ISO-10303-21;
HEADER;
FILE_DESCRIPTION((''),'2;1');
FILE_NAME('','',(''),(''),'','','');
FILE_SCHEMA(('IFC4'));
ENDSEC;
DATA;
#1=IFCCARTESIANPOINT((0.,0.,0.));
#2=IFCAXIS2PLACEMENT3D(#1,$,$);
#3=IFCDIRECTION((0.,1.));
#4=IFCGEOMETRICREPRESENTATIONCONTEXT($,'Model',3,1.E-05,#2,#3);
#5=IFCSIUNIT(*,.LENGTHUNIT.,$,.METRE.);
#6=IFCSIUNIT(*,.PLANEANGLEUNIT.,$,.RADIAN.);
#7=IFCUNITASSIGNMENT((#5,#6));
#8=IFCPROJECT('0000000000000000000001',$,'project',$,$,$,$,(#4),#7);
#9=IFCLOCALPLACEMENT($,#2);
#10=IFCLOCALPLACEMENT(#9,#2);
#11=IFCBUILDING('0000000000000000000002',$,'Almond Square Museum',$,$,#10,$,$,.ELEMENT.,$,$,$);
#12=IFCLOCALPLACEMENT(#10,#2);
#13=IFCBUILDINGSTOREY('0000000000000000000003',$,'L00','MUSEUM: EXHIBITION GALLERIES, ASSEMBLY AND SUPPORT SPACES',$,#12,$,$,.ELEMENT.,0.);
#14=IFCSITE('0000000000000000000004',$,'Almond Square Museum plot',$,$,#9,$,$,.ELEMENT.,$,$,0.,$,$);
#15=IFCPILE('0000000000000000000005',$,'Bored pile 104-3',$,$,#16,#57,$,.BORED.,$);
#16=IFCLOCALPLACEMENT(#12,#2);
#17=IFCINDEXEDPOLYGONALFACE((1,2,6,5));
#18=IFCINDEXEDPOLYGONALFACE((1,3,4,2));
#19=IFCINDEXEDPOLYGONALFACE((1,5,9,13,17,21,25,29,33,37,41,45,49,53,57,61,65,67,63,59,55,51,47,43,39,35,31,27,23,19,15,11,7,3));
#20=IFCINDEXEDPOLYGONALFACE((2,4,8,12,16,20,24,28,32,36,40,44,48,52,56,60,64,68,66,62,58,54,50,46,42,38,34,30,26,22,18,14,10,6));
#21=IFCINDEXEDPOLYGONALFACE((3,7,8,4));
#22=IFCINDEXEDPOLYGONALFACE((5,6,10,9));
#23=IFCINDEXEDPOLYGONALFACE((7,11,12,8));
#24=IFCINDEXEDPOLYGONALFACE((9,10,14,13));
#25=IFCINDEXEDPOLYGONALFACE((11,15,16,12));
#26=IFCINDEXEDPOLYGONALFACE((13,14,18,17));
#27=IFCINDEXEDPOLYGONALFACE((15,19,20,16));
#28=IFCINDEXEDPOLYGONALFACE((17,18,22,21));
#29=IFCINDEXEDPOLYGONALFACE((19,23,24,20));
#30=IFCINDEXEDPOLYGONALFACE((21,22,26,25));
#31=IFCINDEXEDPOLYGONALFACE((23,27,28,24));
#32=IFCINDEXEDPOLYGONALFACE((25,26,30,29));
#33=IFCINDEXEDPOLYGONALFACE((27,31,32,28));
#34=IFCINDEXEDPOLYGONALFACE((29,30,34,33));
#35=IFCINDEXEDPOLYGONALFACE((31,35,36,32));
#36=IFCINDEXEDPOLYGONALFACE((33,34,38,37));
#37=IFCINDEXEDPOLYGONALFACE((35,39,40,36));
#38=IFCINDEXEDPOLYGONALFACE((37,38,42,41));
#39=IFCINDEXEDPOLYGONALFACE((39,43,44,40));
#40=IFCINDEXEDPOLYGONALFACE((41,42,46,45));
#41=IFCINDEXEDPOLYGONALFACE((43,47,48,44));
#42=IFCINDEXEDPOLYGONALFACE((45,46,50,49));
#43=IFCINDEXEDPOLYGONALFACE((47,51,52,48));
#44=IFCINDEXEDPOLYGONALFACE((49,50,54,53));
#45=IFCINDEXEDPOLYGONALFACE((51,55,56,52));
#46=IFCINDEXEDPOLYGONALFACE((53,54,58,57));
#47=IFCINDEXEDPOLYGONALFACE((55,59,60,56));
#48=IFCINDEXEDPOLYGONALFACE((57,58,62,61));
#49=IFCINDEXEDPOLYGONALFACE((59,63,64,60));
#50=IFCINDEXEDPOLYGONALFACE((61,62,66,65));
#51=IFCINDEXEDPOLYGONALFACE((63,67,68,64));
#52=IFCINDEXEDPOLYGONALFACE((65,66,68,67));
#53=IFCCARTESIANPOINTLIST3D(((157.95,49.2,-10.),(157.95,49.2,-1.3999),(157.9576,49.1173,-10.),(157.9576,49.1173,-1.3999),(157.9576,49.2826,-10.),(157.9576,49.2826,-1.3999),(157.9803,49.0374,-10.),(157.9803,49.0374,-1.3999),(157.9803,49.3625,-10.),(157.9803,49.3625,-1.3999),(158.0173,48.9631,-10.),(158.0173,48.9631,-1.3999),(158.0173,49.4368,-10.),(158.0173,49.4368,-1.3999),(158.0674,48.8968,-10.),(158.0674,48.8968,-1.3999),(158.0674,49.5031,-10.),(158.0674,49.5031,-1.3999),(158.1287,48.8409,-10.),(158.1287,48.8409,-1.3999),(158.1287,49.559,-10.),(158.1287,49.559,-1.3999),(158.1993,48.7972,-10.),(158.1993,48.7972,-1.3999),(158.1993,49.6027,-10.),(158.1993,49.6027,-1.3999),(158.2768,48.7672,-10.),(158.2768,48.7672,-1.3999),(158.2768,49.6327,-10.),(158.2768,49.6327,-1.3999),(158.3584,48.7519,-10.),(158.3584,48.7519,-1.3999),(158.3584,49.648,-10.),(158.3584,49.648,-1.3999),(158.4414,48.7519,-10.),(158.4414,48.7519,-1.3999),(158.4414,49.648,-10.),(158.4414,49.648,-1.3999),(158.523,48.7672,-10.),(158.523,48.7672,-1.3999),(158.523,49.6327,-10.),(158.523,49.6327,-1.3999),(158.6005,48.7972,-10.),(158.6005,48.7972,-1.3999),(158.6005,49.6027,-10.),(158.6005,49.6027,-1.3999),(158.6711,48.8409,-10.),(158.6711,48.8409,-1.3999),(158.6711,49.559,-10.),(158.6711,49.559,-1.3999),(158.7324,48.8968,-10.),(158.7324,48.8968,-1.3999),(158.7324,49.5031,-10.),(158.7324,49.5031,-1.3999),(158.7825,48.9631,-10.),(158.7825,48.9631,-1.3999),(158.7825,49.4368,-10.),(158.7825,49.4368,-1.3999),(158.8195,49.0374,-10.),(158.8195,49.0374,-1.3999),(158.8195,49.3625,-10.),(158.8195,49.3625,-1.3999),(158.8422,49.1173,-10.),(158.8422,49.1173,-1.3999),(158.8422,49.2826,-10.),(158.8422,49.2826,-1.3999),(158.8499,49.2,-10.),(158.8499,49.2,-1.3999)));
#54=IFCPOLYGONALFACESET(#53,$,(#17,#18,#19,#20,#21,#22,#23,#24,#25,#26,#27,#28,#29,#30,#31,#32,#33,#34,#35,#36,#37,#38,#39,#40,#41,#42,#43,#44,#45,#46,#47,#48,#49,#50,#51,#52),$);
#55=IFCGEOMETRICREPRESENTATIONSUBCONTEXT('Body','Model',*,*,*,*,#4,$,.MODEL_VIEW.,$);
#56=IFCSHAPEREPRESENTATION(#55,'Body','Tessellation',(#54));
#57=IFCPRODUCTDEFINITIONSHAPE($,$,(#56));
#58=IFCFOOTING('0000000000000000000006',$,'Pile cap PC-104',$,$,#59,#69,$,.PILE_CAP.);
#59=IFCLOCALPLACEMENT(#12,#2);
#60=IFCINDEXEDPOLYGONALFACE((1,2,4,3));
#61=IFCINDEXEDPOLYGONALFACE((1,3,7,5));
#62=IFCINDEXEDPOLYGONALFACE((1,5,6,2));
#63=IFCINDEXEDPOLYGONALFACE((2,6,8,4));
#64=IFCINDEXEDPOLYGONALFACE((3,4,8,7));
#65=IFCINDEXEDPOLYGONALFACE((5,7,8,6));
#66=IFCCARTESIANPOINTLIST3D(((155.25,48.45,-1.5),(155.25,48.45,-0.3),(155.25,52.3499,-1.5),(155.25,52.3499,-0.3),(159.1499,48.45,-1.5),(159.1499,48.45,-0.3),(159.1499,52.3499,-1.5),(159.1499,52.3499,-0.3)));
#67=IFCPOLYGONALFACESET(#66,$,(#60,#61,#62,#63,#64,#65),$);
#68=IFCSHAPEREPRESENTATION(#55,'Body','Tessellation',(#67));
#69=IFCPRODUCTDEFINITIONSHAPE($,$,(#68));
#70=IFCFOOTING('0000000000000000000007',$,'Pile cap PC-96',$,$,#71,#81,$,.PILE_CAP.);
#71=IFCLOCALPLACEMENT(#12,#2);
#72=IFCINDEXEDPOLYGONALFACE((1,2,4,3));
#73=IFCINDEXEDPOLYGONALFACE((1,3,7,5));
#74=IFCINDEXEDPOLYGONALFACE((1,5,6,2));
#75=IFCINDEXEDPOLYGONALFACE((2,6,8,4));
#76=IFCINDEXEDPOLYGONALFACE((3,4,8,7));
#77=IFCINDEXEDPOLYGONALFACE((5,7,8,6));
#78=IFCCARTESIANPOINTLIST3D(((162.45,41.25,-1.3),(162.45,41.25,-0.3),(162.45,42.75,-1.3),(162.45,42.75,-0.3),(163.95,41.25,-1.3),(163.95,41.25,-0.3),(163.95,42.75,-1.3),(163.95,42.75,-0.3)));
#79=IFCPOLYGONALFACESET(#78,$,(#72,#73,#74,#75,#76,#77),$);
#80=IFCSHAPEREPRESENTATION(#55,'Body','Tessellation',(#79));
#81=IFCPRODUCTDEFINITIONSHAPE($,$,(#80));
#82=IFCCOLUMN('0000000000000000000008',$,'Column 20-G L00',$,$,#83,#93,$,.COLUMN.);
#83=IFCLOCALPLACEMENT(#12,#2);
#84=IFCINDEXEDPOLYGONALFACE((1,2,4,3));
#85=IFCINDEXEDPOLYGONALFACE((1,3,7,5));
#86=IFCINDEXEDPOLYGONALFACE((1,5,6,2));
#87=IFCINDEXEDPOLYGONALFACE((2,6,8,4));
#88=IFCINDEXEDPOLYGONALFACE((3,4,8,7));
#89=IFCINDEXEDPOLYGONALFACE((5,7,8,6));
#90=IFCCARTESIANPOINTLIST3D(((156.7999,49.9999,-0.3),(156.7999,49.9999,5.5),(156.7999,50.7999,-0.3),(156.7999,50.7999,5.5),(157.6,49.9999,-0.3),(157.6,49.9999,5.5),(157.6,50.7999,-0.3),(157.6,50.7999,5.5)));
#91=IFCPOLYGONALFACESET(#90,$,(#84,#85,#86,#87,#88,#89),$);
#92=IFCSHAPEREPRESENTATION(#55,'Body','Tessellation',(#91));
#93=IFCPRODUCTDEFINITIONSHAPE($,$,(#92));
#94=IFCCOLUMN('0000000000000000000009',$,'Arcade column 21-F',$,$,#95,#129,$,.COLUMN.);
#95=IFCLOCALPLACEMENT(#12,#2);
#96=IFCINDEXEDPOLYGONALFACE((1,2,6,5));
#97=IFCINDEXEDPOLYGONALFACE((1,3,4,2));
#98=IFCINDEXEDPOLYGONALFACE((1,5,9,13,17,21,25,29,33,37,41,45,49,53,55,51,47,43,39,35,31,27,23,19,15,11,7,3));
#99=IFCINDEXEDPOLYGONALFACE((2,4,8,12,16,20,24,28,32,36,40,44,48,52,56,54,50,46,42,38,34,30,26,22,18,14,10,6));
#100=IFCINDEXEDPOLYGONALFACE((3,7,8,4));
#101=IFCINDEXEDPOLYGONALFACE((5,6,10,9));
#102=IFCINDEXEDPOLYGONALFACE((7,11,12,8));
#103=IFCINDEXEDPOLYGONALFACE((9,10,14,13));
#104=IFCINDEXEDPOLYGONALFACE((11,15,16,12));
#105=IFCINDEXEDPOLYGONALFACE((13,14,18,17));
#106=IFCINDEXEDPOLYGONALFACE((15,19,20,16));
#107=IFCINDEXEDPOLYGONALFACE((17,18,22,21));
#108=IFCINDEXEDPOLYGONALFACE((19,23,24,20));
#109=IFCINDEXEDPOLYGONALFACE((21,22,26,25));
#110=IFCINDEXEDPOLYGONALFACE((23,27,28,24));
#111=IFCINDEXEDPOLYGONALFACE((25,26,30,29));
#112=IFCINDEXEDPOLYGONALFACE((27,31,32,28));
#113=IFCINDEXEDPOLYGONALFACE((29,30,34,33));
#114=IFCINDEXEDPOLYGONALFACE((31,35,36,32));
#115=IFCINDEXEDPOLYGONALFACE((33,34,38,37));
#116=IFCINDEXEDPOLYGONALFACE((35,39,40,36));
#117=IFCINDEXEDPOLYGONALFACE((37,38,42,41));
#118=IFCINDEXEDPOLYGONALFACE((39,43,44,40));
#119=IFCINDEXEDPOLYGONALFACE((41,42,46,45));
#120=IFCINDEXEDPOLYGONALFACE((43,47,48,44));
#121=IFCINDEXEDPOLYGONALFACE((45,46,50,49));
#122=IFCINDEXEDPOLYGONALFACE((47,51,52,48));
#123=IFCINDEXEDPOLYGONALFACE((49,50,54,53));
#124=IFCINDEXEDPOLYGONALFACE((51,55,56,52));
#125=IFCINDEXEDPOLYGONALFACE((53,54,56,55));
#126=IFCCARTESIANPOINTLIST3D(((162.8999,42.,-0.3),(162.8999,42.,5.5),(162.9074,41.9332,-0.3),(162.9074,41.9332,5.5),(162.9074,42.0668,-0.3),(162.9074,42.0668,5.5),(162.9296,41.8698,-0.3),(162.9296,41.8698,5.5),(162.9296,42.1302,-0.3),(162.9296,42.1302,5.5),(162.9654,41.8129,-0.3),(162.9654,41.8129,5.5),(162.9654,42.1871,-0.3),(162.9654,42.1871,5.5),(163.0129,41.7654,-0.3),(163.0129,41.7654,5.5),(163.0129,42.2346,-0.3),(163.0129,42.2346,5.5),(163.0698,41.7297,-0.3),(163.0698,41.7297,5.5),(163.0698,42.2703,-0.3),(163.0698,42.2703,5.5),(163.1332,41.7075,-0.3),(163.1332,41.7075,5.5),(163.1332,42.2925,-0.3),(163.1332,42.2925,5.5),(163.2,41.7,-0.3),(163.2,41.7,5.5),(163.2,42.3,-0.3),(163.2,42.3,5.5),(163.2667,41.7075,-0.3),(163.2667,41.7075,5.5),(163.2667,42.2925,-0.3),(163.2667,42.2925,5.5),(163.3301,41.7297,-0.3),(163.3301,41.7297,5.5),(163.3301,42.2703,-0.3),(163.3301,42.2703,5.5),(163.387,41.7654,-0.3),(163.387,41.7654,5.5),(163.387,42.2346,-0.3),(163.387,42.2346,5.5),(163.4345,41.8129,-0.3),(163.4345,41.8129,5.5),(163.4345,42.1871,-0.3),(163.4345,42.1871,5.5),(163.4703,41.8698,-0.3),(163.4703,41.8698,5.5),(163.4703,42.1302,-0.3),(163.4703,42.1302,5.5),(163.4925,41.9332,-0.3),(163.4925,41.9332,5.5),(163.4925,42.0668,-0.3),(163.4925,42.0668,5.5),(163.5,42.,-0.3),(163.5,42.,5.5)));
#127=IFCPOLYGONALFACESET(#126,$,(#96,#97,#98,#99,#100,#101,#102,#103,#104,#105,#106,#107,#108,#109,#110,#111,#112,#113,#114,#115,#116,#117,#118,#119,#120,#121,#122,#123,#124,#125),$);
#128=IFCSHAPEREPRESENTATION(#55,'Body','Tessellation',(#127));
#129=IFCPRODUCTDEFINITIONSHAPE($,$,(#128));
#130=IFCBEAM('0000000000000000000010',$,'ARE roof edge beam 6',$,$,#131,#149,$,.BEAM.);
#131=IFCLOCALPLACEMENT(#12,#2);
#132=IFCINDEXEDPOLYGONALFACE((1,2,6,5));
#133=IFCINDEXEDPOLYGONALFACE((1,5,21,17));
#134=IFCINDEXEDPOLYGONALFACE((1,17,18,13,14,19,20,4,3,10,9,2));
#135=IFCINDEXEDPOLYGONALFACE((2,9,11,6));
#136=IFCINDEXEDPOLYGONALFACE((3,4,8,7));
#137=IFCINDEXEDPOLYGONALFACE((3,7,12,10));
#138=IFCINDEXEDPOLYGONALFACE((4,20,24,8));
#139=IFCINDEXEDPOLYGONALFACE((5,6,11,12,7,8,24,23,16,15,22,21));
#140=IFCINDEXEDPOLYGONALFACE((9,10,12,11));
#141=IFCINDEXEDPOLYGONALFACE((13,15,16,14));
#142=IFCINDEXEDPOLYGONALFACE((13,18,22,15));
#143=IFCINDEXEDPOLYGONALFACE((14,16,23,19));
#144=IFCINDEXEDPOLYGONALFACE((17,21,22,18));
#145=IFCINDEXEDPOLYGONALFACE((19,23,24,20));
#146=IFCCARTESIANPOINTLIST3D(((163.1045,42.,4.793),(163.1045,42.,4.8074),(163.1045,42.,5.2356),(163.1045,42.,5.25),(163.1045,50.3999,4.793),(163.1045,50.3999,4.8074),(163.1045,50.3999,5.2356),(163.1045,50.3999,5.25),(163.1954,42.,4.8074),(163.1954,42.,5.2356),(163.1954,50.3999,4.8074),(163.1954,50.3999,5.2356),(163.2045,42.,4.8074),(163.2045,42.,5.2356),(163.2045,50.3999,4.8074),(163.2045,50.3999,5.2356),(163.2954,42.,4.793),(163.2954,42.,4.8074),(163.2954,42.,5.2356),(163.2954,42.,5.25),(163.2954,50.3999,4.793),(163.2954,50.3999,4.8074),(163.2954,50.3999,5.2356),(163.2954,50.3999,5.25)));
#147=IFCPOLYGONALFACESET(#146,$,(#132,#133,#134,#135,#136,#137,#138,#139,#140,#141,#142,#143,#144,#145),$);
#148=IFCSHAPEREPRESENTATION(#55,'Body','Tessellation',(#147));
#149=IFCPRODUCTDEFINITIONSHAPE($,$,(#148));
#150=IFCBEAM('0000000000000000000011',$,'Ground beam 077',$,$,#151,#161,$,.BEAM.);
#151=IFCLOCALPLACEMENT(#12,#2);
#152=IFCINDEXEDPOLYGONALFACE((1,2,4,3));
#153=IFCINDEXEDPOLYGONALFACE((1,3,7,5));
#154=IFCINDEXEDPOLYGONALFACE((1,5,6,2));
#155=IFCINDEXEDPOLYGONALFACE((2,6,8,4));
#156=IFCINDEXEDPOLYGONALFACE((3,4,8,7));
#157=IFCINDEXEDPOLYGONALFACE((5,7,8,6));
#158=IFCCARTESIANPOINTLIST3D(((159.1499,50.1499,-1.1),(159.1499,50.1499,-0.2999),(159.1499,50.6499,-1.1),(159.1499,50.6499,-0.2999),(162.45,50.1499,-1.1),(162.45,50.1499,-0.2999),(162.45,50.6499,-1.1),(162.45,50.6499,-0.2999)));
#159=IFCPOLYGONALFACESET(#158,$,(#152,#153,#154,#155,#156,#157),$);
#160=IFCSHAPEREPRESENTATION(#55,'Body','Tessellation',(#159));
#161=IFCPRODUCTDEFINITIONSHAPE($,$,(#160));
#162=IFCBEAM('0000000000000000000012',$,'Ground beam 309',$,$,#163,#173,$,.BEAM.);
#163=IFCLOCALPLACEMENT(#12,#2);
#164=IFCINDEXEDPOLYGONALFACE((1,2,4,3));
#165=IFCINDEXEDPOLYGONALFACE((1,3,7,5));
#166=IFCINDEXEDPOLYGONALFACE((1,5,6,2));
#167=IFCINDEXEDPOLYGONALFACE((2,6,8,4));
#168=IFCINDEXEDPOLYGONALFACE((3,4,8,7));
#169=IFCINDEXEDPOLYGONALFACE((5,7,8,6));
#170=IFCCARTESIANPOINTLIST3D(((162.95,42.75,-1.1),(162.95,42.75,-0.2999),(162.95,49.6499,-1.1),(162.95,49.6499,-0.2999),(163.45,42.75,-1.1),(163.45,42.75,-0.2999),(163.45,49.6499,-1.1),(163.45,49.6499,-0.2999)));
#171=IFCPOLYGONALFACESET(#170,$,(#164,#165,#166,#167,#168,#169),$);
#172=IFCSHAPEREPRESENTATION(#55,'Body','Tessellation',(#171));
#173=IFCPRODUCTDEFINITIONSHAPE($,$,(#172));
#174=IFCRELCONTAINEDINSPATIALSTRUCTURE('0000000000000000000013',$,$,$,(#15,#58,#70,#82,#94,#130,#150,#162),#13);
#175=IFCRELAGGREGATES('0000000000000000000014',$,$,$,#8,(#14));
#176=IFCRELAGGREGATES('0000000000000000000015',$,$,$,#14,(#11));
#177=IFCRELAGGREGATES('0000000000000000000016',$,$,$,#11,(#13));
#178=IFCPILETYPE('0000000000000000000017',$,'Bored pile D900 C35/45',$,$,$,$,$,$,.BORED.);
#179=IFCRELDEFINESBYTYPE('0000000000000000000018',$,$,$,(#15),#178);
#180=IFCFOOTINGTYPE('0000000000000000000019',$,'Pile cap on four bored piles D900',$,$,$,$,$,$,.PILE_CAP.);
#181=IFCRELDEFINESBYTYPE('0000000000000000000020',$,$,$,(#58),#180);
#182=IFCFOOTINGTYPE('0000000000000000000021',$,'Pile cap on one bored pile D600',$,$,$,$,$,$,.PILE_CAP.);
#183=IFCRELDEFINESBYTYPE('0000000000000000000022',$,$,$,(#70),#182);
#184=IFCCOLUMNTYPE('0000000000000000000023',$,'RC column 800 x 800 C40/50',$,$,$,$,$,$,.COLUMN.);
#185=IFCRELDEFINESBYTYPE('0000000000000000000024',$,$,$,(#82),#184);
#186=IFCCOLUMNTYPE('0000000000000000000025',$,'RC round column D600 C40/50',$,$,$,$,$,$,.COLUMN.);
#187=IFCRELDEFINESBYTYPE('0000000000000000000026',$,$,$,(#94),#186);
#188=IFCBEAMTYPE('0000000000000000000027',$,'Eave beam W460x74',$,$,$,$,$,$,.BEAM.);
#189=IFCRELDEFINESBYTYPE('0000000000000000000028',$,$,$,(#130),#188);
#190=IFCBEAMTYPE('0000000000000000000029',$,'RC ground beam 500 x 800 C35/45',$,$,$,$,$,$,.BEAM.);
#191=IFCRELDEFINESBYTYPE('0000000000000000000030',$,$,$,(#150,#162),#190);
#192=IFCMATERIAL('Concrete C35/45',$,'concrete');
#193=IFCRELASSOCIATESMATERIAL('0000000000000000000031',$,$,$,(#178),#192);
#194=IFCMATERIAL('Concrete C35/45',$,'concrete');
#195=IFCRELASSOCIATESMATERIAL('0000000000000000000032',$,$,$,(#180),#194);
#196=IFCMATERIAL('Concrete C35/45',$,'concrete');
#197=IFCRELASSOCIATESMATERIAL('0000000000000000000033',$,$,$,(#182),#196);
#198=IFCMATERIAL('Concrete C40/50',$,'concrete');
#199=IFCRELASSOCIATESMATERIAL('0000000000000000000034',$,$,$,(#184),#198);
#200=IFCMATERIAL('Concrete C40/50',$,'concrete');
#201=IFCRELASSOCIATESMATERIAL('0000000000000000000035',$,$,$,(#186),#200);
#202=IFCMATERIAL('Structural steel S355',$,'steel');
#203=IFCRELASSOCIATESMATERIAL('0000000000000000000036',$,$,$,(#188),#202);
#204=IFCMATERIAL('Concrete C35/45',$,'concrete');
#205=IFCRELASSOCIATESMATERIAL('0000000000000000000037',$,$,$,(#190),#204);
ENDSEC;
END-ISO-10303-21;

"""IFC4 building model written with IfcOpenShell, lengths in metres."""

from ifc_helpers import new_model, si_unit, direction, frame, origin, origin_2d, place, context, subcontext, project, spatial, rectangle, circle, i_section, extrude, material, material_profile, profile_set, type_object, element, save


model = new_model("IFC4")

# Units and contexts
model_context = context("Model", 3, precision=1e-05, world=origin(), true_north=direction((0.0, 1.0)))
body_context = subcontext(model_context, "Body", "Model", "MODEL_VIEW")
ifc_project = project(units=[si_unit("LENGTHUNIT", "METRE"), si_unit("PLANEANGLEUNIT", "RADIAN")], contexts=[model_context])

# Site, building, storey
site_placement = place(None, origin())
site = spatial("IfcSite", under=ifc_project, at=site_placement, Name="Almond Square Museum plot", CompositionType="ELEMENT", RefElevation=0.0)
building_placement = place(site_placement, origin())
building = spatial("IfcBuilding", under=site, at=building_placement, Name="Almond Square Museum", CompositionType="ELEMENT")
storey_placement = place(building_placement, origin())
storey = spatial("IfcBuildingStorey", under=building, at=storey_placement, Name="L00", Description="MUSEUM: EXHIBITION GALLERIES, ASSEMBLY AND SUPPORT SPACES", CompositionType="ELEMENT", Elevation=0.0)

# Pile
ifc_material_1 = material(Name="Concrete C35/45", Category="concrete")
ifc_material_profile_1 = material_profile(ifc_material_1, circle(Radius=0.45, at=origin_2d()))
ifc_profile_set_1 = profile_set([ifc_material_profile_1], Name="Concrete C35/45")
pile_type_1 = type_object("IfcPileType", Name="Bored pile D900 C35/45", PredefinedType="BORED", material=ifc_profile_set_1)
for number, where, z_axis, x_axis, name in (
    (1, (158.3999, 49.2, -1.3999), (0.0, 0.0, -1.0), (1.0, 0.0, 0.0), "Bored pile 104-3"),
):
    element("IfcPile", number, at=place(storey_placement, frame(where, z_axis=z_axis, x_axis=x_axis)), inside=storey, type_object=pile_type_1, Name=name, PredefinedType="BORED", context=body_context, shape_type="SweptSolid", body=[
        extrude(circle(Radius=0.45, at=origin_2d()), origin(), (0.0, 0.0, 1.0), 8.6001),
    ])

# Footings
ifc_material_2 = material(Name="Concrete C35/45", Category="concrete")
footing_type_1 = type_object("IfcFootingType", Name="Pile cap on four bored piles D900", PredefinedType="PILE_CAP", material=ifc_material_2)
footing_1_placement = place(storey_placement, frame((157.2, 50.3999, -1.5), z_axis=(0.0, 0.0, 1.0), x_axis=(1.0, 0.0, 0.0)))
element("IfcFooting", 2, at=footing_1_placement, inside=storey, type_object=footing_type_1, Name="Pile cap PC-104", PredefinedType="PILE_CAP", context=body_context, shape_type="SweptSolid", body=[
    extrude(rectangle(XDim=3.8999, YDim=3.8999, at=origin_2d()), origin(), (0.0, 0.0, 1.0), 1.2),
])
ifc_material_3 = material(Name="Concrete C35/45", Category="concrete")
footing_type_2 = type_object("IfcFootingType", Name="Pile cap on one bored pile D600", PredefinedType="PILE_CAP", material=ifc_material_3)
footing_2_placement = place(storey_placement, frame((163.2, 42.0, -1.3), z_axis=(0.0, 0.0, 1.0), x_axis=(1.0, 0.0, 0.0)))
element("IfcFooting", 3, at=footing_2_placement, inside=storey, type_object=footing_type_2, Name="Pile cap PC-96", PredefinedType="PILE_CAP", context=body_context, shape_type="SweptSolid", body=[
    extrude(rectangle(XDim=1.5, YDim=1.5, at=origin_2d()), origin(), (0.0, 0.0, 1.0), 1.0),
])

# Columns
ifc_material_4 = material(Name="Concrete C40/50", Category="concrete")
ifc_material_profile_2 = material_profile(ifc_material_4, rectangle(XDim=0.8, YDim=0.8, at=origin_2d()))
ifc_profile_set_2 = profile_set([ifc_material_profile_2], Name="Concrete C40/50")
column_type_1 = type_object("IfcColumnType", Name="RC column 800 x 800 C40/50", PredefinedType="COLUMN", material=ifc_profile_set_2)
column_1_placement = place(storey_placement, frame((157.2, 50.3999, -0.3), z_axis=(0.0, 0.0, 1.0), x_axis=(1.0, 0.0, 0.0)))
element("IfcColumn", 4, at=column_1_placement, inside=storey, type_object=column_type_1, Name="Column 20-G L00", PredefinedType="COLUMN", context=body_context, shape_type="SweptSolid", body=[
    extrude(rectangle(XDim=0.8, YDim=0.8, at=origin_2d()), origin(), (0.0, 0.0, 1.0), 5.8),
])
ifc_material_5 = material(Name="Concrete C40/50", Category="concrete")
ifc_material_profile_3 = material_profile(ifc_material_5, circle(Radius=0.3, at=origin_2d()))
ifc_profile_set_3 = profile_set([ifc_material_profile_3], Name="Concrete C40/50")
column_type_2 = type_object("IfcColumnType", Name="RC round column D600 C40/50", PredefinedType="COLUMN", material=ifc_profile_set_3)
column_2_placement = place(storey_placement, frame((163.2, 42.0, -0.3), z_axis=(0.0, 0.0, 1.0), x_axis=(1.0, 0.0, 0.0)))
element("IfcColumn", 5, at=column_2_placement, inside=storey, type_object=column_type_2, Name="Arcade column 21-F", PredefinedType="COLUMN", context=body_context, shape_type="SweptSolid", body=[
    extrude(circle(Radius=0.3, at=origin_2d()), origin(), (0.0, 0.0, 1.0), 5.8),
])

# Beams
ifc_material_6 = material(Name="Structural steel S355", Category="steel")
ifc_material_profile_4 = material_profile(ifc_material_6, i_section(OverallWidth=0.1909, OverallDepth=0.457, WebThickness=0.009, FlangeThickness=0.0144, at=origin_2d()))
ifc_profile_set_4 = profile_set([ifc_material_profile_4], Name="Structural steel S355")
beam_type_1 = type_object("IfcBeamType", Name="Eave beam W460x74", PredefinedType="BEAM", material=ifc_profile_set_4)
beam_1_placement = place(storey_placement, frame((163.2, 42.0, 5.0215), z_axis=(0.0, 1.0, 0.0), x_axis=(-1.0, 0.0, 0.0)))
element("IfcBeam", 6, at=beam_1_placement, inside=storey, type_object=beam_type_1, Name="ARE roof edge beam 6", PredefinedType="BEAM", context=body_context, shape_type="SweptSolid", body=[
    extrude(i_section(OverallWidth=0.1909, OverallDepth=0.457, WebThickness=0.009, FlangeThickness=0.0144, at=origin_2d()), origin(), (0.0, 0.0, 1.0), 8.3999),
])
ifc_material_7 = material(Name="Concrete C35/45", Category="concrete")
ifc_material_profile_5 = material_profile(ifc_material_7, rectangle(XDim=0.5, YDim=0.8, at=origin_2d()))
ifc_profile_set_5 = profile_set([ifc_material_profile_5], Name="Concrete C35/45")
beam_type_2 = type_object("IfcBeamType", Name="RC ground beam 500 x 800 C35/45", PredefinedType="BEAM", material=ifc_profile_set_5)
beam_2_placement = place(storey_placement, frame((159.1499, 50.3999, -0.7), z_axis=(1.0, 0.0, 0.0), x_axis=(0.0, 1.0, 0.0)))
element("IfcBeam", 7, at=beam_2_placement, inside=storey, type_object=beam_type_2, Name="Ground beam 077", PredefinedType="BEAM", context=body_context, shape_type="SweptSolid", body=[
    extrude(rectangle(XDim=0.5, YDim=0.8, at=origin_2d()), origin(), (0.0, 0.0, 1.0), 3.3),
])
beam_3_placement = place(storey_placement, frame((163.2, 42.75, -0.7), z_axis=(0.0, 1.0, 0.0), x_axis=(-1.0, 0.0, 0.0)))
element("IfcBeam", 8, at=beam_3_placement, inside=storey, type_object=beam_type_2, Name="Ground beam 309", PredefinedType="BEAM", context=body_context, shape_type="SweptSolid", body=[
    extrude(rectangle(XDim=0.5, YDim=0.8, at=origin_2d()), origin(), (0.0, 0.0, 1.0), 6.8999),
])

save(model, "model.ifc")
